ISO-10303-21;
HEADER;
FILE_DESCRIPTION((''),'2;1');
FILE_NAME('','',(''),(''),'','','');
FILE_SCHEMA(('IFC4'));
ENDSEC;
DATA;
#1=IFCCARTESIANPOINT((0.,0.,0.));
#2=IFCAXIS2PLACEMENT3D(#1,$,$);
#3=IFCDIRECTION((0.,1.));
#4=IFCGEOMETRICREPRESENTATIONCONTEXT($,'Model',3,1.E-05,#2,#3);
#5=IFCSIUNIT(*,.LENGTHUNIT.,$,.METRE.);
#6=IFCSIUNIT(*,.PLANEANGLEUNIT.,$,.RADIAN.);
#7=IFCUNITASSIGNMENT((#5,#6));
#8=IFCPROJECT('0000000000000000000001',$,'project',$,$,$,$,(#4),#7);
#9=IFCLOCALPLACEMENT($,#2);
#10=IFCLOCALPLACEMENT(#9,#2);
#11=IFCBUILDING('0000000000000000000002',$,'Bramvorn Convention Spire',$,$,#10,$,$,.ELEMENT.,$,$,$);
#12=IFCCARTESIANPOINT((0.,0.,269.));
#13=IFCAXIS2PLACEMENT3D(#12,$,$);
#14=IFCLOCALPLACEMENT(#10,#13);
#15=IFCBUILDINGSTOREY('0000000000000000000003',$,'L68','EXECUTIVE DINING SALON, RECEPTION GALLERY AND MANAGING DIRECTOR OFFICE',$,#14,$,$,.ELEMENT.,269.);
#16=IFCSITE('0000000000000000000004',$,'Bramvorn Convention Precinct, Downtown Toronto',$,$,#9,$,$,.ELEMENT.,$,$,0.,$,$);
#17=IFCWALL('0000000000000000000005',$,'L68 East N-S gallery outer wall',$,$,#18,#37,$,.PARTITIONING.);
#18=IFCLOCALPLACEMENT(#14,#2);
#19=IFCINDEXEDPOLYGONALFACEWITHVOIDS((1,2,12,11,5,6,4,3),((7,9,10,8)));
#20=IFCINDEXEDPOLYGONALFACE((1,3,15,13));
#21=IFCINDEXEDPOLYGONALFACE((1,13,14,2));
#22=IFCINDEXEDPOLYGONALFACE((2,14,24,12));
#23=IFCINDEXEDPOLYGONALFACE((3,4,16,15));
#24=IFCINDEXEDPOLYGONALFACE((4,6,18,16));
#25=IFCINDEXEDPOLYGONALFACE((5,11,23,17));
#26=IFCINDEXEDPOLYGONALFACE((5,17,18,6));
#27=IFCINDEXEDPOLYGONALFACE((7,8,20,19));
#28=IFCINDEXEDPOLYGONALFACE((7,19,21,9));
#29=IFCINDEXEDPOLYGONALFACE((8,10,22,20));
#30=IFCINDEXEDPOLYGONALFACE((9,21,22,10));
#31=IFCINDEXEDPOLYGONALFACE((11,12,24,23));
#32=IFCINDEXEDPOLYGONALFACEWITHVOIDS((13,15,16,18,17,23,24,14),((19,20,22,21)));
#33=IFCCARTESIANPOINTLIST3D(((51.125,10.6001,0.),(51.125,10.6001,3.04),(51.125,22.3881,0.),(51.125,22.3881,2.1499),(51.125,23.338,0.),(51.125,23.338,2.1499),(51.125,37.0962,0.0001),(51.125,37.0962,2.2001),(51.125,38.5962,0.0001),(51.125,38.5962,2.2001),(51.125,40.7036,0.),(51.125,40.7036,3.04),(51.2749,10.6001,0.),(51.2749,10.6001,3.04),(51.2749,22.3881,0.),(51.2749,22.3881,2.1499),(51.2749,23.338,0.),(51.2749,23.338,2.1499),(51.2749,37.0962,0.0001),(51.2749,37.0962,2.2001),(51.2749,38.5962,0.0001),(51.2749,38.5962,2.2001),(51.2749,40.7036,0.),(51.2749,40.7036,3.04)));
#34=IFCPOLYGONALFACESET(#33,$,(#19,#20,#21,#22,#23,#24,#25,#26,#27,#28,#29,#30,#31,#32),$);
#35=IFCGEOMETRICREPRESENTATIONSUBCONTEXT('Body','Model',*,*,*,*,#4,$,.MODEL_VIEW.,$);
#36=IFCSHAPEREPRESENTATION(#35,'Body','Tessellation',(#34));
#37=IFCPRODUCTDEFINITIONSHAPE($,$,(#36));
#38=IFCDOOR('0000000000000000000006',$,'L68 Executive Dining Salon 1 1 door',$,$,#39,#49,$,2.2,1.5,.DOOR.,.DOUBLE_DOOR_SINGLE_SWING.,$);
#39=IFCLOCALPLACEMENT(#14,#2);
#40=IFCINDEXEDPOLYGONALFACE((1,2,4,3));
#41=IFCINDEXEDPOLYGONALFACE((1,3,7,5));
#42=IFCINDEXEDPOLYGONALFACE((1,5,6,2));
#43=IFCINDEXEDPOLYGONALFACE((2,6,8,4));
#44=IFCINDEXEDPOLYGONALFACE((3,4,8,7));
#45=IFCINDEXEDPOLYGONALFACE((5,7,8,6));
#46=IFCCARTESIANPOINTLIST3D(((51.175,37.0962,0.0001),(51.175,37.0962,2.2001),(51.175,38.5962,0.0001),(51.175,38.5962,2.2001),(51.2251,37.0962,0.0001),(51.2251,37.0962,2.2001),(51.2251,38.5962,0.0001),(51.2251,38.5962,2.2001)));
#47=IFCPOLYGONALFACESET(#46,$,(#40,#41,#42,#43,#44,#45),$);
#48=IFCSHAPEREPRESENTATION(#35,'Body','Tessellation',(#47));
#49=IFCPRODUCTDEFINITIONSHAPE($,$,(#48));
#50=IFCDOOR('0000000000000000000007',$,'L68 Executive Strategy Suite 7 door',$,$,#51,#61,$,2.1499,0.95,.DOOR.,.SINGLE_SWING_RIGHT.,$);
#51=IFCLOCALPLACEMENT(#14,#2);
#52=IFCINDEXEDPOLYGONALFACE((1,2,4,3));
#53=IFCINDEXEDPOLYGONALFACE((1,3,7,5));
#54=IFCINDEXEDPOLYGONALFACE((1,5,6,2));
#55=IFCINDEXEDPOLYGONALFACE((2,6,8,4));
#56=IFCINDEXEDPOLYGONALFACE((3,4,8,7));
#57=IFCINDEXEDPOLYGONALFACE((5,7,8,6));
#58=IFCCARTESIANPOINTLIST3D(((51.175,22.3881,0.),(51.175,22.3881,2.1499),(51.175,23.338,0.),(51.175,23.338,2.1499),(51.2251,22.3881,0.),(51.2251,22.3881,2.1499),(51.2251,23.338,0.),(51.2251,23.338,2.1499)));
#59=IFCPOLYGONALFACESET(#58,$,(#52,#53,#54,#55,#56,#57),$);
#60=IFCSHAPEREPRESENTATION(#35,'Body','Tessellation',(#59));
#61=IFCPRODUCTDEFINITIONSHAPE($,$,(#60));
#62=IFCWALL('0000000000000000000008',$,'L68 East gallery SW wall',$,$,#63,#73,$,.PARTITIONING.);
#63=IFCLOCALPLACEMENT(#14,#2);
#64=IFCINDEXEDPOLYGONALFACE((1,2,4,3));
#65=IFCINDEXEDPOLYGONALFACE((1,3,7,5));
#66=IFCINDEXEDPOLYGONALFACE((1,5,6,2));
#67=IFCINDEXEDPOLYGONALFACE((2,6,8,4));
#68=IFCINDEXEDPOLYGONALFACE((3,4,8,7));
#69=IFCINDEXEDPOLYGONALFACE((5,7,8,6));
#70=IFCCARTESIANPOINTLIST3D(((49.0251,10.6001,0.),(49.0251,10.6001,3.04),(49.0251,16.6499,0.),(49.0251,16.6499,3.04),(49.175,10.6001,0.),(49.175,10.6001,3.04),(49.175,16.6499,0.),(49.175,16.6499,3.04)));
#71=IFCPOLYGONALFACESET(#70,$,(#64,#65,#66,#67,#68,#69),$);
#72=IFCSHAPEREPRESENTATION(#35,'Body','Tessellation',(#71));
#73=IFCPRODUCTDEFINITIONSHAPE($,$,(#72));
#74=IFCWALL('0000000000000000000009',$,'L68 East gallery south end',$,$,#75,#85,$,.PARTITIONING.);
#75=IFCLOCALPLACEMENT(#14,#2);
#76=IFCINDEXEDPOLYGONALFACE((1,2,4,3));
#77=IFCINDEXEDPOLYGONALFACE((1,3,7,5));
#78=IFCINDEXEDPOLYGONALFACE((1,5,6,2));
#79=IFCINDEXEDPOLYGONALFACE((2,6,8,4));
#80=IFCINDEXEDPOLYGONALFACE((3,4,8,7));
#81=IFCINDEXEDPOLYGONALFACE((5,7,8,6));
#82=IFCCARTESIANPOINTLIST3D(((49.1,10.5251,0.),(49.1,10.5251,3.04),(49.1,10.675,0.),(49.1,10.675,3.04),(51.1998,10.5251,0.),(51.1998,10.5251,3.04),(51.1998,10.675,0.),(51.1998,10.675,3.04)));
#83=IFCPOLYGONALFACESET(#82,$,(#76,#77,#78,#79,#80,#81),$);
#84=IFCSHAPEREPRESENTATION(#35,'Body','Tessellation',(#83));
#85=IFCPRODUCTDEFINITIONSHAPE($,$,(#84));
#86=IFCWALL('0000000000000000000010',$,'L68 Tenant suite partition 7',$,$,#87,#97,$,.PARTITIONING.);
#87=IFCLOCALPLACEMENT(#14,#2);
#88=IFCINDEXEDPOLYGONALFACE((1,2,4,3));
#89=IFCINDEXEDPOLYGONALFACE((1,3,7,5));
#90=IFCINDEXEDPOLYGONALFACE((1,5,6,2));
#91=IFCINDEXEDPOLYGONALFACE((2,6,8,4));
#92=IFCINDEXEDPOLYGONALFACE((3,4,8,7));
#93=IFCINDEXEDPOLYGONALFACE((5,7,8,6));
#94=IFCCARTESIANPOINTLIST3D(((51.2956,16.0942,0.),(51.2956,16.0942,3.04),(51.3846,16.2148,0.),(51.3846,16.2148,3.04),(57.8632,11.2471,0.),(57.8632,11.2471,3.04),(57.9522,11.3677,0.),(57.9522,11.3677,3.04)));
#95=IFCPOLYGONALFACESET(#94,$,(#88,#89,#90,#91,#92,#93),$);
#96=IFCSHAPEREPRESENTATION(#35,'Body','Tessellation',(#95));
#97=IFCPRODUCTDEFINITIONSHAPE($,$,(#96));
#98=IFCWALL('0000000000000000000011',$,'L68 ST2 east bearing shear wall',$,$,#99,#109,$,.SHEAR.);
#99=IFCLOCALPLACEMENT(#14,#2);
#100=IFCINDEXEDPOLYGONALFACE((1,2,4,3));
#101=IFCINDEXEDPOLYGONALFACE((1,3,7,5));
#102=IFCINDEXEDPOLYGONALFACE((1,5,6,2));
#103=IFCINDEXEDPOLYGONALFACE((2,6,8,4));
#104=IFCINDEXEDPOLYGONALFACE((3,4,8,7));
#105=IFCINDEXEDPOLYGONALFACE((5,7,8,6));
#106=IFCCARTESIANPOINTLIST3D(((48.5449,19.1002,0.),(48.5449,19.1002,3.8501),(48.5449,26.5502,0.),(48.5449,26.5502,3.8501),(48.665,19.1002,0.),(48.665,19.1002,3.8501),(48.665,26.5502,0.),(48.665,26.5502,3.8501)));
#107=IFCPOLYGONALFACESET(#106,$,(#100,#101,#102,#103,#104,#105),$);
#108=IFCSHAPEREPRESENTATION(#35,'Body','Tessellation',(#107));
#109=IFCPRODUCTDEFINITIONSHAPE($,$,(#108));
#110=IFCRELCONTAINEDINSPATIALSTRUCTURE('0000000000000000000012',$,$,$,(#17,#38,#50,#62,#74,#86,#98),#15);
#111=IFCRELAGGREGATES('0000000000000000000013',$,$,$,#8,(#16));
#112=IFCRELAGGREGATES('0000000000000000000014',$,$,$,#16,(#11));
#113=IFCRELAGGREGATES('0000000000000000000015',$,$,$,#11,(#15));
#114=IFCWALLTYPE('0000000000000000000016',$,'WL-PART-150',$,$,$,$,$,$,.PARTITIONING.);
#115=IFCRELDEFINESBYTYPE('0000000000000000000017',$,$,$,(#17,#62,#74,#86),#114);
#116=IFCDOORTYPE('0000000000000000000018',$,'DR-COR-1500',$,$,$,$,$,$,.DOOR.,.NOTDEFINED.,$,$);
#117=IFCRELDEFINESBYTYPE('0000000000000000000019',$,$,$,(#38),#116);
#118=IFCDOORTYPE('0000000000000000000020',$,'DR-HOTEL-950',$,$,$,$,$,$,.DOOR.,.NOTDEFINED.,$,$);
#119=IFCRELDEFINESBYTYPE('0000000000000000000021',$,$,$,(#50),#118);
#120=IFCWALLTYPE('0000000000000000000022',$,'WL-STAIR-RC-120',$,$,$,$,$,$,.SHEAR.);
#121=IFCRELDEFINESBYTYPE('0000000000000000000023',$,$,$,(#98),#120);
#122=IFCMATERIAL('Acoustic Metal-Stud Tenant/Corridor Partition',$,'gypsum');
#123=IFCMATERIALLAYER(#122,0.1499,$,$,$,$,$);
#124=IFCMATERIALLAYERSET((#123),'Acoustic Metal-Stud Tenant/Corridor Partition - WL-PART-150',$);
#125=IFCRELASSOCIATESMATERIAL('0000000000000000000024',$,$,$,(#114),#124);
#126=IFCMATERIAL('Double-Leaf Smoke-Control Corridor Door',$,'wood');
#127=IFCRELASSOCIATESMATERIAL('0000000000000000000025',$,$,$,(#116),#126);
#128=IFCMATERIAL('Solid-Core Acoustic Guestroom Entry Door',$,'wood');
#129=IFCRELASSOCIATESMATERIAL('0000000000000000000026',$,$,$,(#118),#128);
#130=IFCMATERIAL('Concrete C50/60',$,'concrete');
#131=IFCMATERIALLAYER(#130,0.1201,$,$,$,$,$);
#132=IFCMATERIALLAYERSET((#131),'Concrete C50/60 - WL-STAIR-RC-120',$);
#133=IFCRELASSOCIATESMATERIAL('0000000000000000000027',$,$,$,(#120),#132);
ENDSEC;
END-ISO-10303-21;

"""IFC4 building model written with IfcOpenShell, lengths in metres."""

from ifc_helpers import new_model, si_unit, direction, frame, frame_2d, origin, place, context, subcontext, project, spatial, rectangle, extrude, material, layer, layer_set, type_object, element, fill, save


model = new_model("IFC4")

# Units and contexts
model_context = context("Model", 3, precision=1e-05, world=origin(), true_north=direction((0.0, 1.0)))
body_context = subcontext(model_context, "Body", "Model", "MODEL_VIEW")
ifc_project = project(units=[si_unit("LENGTHUNIT", "METRE"), si_unit("PLANEANGLEUNIT", "RADIAN")], contexts=[model_context])

# Site, building, storey
site_placement = place(None, origin())
site = spatial("IfcSite", under=ifc_project, at=site_placement, Name="Bramvorn Convention Precinct, Downtown Toronto", CompositionType="ELEMENT", RefElevation=0.0)
building_placement = place(site_placement, origin())
building = spatial("IfcBuilding", under=site, at=building_placement, Name="Bramvorn Convention Spire", CompositionType="ELEMENT")
storey_placement = place(building_placement, frame((0.0, 0.0, 269.0)))
storey = spatial("IfcBuildingStorey", under=building, at=storey_placement, Name="L68", Description="EXECUTIVE DINING SALON, RECEPTION GALLERY AND MANAGING DIRECTOR OFFICE", CompositionType="ELEMENT", Elevation=269.0)

# Shared definitions
ifc_material_1 = material(Name="Concrete C50/60", Category="concrete")

# Wall, openings, doors
ifc_material_2 = material(Name="Acoustic Metal-Stud Tenant/Corridor Partition", Category="gypsum")
ifc_layer_1 = layer(ifc_material_2, 0.1499)
ifc_layer_set_1 = layer_set([ifc_layer_1], Name="Acoustic Metal-Stud Tenant/Corridor Partition - WL-PART-150")
wall_type_1 = type_object("IfcWallType", Name="WL-PART-150", PredefinedType="PARTITIONING", material=ifc_layer_set_1)
wall_1_placement = place(storey_placement, frame((51.2, 10.6001, 0.0), z_axis=(0.0, 0.0, 1.0), x_axis=(0.0, 1.0, 0.0)))
wall_1 = element("IfcWall", 1, at=wall_1_placement, inside=storey, type_object=wall_type_1, Name="L68 East N-S gallery outer wall", PredefinedType="PARTITIONING", context=body_context, shape_type="SweptSolid", body=[
    extrude(rectangle(XDim=30.1035, YDim=0.1499, at=frame_2d((15.0518, 0.0))), origin(), (0.0, 0.0, 1.0), 3.04),
])
opening_1_placement = place(wall_1_placement, frame((26.4961, 0.0, 0.0)))
opening_1 = element("IfcOpeningElement", 2, at=opening_1_placement, cuts=wall_1, PredefinedType="OPENING", context=body_context, shape_type="SweptSolid", body=[
    extrude(rectangle(XDim=1.5, YDim=2.2, at=frame_2d((0.75, 1.1001))), frame((0.0, 0.085, 0.0), z_axis=(0.0, -1.0, 0.0), x_axis=(1.0, 0.0, 0.0)), (0.0, 0.0, 1.0), 0.1699),
])
opening_2_placement = place(wall_1_placement, frame((11.7878, 0.0, 0.0)))
opening_2 = element("IfcOpeningElement", 3, at=opening_2_placement, cuts=wall_1, PredefinedType="OPENING", context=body_context, shape_type="SweptSolid", body=[
    extrude(rectangle(XDim=0.95, YDim=2.1499, at=frame_2d((0.4751, 1.075))), frame((0.0, 0.085, 0.0), z_axis=(0.0, -1.0, 0.0), x_axis=(1.0, 0.0, 0.0)), (0.0, 0.0, 1.0), 0.1699),
])
ifc_material_3 = material(Name="Double-Leaf Smoke-Control Corridor Door", Category="wood")
door_type_1 = type_object("IfcDoorType", Name="DR-COR-1500", OperationType="NOTDEFINED", PredefinedType="DOOR", material=ifc_material_3)
door_1_placement = place(opening_1_placement, origin())
door_1 = element("IfcDoor", 4, at=door_1_placement, inside=storey, type_object=door_type_1, Name="L68 Executive Dining Salon 1 1 door", OperationType="DOUBLE_DOOR_SINGLE_SWING", OverallHeight=2.2, OverallWidth=1.5, PredefinedType="DOOR", context=body_context, shape_type="SweptSolid", body=[
    extrude(rectangle(XDim=1.5, YDim=2.2, at=frame_2d((0.75, 1.1001))), frame((0.0, 0.0249, 0.0), z_axis=(0.0, -1.0, 0.0), x_axis=(1.0, 0.0, 0.0)), (0.0, 0.0, 1.0), 0.05),
])
fill(opening_1, door_1)
ifc_material_4 = material(Name="Solid-Core Acoustic Guestroom Entry Door", Category="wood")
door_type_2 = type_object("IfcDoorType", Name="DR-HOTEL-950", OperationType="NOTDEFINED", PredefinedType="DOOR", material=ifc_material_4)
door_2_placement = place(opening_2_placement, origin())
door_2 = element("IfcDoor", 5, at=door_2_placement, inside=storey, type_object=door_type_2, Name="L68 Executive Strategy Suite 7 door", OperationType="SINGLE_SWING_RIGHT", OverallHeight=2.1499, OverallWidth=0.95, PredefinedType="DOOR", context=body_context, shape_type="SweptSolid", body=[
    extrude(rectangle(XDim=0.95, YDim=2.1499, at=frame_2d((0.4751, 1.075))), frame((0.0, 0.0249, 0.0), z_axis=(0.0, -1.0, 0.0), x_axis=(1.0, 0.0, 0.0)), (0.0, 0.0, 1.0), 0.05),
])
fill(opening_2, door_2)

# Walls
wall_2_placement = place(storey_placement, frame((49.1001, 10.6001, 0.0), z_axis=(0.0, 0.0, 1.0), x_axis=(0.0, 1.0, 0.0)))
element("IfcWall", 6, at=wall_2_placement, inside=storey, type_object=wall_type_1, Name="L68 East gallery SW wall", PredefinedType="PARTITIONING", context=body_context, shape_type="SweptSolid", body=[
    extrude(rectangle(XDim=6.0498, YDim=0.1499, at=frame_2d((3.0249, 0.0))), origin(), (0.0, 0.0, 1.0), 3.04),
])
wall_3_placement = place(storey_placement, frame((49.1001, 10.6001, 0.0), z_axis=(0.0, 0.0, 1.0), x_axis=(1.0, 0.0, 0.0)))
element("IfcWall", 7, at=wall_3_placement, inside=storey, type_object=wall_type_1, Name="L68 East gallery south end", PredefinedType="PARTITIONING", context=body_context, shape_type="SweptSolid", body=[
    extrude(rectangle(XDim=2.0999, YDim=0.1499, at=frame_2d((1.0498, 0.0))), origin(), (0.0, 0.0, 1.0), 3.04),
])
wall_4_placement = place(storey_placement, frame((51.3401, 16.1545, 0.0), z_axis=(0.0, 0.0, 1.0), x_axis=(0.804596, -0.593823, 0.0)))
element("IfcWall", 8, at=wall_4_placement, inside=storey, type_object=wall_type_1, Name="L68 Tenant suite partition 7", PredefinedType="PARTITIONING", context=body_context, shape_type="SweptSolid", body=[
    extrude(rectangle(XDim=8.1626, YDim=0.1499, at=frame_2d((4.0813, 0.0))), origin(), (0.0, 0.0, 1.0), 3.04),
])
ifc_layer_2 = layer(ifc_material_1, 0.1201)
ifc_layer_set_2 = layer_set([ifc_layer_2], Name="Concrete C50/60 - WL-STAIR-RC-120")
wall_type_2 = type_object("IfcWallType", Name="WL-STAIR-RC-120", PredefinedType="SHEAR", material=ifc_layer_set_2)
wall_5_placement = place(storey_placement, frame((48.605, 19.1001, 0.0), z_axis=(0.0, 0.0, 1.0), x_axis=(0.0, 1.0, 0.0)))
element("IfcWall", 9, at=wall_5_placement, inside=storey, type_object=wall_type_2, Name="L68 ST2 east bearing shear wall", PredefinedType="SHEAR", context=body_context, shape_type="SweptSolid", body=[
    extrude(rectangle(XDim=7.45, YDim=0.1201, at=frame_2d((3.7251, 0.0))), origin(), (0.0, 0.0, 1.0), 3.8501),
])

save(model, "model.ifc")
